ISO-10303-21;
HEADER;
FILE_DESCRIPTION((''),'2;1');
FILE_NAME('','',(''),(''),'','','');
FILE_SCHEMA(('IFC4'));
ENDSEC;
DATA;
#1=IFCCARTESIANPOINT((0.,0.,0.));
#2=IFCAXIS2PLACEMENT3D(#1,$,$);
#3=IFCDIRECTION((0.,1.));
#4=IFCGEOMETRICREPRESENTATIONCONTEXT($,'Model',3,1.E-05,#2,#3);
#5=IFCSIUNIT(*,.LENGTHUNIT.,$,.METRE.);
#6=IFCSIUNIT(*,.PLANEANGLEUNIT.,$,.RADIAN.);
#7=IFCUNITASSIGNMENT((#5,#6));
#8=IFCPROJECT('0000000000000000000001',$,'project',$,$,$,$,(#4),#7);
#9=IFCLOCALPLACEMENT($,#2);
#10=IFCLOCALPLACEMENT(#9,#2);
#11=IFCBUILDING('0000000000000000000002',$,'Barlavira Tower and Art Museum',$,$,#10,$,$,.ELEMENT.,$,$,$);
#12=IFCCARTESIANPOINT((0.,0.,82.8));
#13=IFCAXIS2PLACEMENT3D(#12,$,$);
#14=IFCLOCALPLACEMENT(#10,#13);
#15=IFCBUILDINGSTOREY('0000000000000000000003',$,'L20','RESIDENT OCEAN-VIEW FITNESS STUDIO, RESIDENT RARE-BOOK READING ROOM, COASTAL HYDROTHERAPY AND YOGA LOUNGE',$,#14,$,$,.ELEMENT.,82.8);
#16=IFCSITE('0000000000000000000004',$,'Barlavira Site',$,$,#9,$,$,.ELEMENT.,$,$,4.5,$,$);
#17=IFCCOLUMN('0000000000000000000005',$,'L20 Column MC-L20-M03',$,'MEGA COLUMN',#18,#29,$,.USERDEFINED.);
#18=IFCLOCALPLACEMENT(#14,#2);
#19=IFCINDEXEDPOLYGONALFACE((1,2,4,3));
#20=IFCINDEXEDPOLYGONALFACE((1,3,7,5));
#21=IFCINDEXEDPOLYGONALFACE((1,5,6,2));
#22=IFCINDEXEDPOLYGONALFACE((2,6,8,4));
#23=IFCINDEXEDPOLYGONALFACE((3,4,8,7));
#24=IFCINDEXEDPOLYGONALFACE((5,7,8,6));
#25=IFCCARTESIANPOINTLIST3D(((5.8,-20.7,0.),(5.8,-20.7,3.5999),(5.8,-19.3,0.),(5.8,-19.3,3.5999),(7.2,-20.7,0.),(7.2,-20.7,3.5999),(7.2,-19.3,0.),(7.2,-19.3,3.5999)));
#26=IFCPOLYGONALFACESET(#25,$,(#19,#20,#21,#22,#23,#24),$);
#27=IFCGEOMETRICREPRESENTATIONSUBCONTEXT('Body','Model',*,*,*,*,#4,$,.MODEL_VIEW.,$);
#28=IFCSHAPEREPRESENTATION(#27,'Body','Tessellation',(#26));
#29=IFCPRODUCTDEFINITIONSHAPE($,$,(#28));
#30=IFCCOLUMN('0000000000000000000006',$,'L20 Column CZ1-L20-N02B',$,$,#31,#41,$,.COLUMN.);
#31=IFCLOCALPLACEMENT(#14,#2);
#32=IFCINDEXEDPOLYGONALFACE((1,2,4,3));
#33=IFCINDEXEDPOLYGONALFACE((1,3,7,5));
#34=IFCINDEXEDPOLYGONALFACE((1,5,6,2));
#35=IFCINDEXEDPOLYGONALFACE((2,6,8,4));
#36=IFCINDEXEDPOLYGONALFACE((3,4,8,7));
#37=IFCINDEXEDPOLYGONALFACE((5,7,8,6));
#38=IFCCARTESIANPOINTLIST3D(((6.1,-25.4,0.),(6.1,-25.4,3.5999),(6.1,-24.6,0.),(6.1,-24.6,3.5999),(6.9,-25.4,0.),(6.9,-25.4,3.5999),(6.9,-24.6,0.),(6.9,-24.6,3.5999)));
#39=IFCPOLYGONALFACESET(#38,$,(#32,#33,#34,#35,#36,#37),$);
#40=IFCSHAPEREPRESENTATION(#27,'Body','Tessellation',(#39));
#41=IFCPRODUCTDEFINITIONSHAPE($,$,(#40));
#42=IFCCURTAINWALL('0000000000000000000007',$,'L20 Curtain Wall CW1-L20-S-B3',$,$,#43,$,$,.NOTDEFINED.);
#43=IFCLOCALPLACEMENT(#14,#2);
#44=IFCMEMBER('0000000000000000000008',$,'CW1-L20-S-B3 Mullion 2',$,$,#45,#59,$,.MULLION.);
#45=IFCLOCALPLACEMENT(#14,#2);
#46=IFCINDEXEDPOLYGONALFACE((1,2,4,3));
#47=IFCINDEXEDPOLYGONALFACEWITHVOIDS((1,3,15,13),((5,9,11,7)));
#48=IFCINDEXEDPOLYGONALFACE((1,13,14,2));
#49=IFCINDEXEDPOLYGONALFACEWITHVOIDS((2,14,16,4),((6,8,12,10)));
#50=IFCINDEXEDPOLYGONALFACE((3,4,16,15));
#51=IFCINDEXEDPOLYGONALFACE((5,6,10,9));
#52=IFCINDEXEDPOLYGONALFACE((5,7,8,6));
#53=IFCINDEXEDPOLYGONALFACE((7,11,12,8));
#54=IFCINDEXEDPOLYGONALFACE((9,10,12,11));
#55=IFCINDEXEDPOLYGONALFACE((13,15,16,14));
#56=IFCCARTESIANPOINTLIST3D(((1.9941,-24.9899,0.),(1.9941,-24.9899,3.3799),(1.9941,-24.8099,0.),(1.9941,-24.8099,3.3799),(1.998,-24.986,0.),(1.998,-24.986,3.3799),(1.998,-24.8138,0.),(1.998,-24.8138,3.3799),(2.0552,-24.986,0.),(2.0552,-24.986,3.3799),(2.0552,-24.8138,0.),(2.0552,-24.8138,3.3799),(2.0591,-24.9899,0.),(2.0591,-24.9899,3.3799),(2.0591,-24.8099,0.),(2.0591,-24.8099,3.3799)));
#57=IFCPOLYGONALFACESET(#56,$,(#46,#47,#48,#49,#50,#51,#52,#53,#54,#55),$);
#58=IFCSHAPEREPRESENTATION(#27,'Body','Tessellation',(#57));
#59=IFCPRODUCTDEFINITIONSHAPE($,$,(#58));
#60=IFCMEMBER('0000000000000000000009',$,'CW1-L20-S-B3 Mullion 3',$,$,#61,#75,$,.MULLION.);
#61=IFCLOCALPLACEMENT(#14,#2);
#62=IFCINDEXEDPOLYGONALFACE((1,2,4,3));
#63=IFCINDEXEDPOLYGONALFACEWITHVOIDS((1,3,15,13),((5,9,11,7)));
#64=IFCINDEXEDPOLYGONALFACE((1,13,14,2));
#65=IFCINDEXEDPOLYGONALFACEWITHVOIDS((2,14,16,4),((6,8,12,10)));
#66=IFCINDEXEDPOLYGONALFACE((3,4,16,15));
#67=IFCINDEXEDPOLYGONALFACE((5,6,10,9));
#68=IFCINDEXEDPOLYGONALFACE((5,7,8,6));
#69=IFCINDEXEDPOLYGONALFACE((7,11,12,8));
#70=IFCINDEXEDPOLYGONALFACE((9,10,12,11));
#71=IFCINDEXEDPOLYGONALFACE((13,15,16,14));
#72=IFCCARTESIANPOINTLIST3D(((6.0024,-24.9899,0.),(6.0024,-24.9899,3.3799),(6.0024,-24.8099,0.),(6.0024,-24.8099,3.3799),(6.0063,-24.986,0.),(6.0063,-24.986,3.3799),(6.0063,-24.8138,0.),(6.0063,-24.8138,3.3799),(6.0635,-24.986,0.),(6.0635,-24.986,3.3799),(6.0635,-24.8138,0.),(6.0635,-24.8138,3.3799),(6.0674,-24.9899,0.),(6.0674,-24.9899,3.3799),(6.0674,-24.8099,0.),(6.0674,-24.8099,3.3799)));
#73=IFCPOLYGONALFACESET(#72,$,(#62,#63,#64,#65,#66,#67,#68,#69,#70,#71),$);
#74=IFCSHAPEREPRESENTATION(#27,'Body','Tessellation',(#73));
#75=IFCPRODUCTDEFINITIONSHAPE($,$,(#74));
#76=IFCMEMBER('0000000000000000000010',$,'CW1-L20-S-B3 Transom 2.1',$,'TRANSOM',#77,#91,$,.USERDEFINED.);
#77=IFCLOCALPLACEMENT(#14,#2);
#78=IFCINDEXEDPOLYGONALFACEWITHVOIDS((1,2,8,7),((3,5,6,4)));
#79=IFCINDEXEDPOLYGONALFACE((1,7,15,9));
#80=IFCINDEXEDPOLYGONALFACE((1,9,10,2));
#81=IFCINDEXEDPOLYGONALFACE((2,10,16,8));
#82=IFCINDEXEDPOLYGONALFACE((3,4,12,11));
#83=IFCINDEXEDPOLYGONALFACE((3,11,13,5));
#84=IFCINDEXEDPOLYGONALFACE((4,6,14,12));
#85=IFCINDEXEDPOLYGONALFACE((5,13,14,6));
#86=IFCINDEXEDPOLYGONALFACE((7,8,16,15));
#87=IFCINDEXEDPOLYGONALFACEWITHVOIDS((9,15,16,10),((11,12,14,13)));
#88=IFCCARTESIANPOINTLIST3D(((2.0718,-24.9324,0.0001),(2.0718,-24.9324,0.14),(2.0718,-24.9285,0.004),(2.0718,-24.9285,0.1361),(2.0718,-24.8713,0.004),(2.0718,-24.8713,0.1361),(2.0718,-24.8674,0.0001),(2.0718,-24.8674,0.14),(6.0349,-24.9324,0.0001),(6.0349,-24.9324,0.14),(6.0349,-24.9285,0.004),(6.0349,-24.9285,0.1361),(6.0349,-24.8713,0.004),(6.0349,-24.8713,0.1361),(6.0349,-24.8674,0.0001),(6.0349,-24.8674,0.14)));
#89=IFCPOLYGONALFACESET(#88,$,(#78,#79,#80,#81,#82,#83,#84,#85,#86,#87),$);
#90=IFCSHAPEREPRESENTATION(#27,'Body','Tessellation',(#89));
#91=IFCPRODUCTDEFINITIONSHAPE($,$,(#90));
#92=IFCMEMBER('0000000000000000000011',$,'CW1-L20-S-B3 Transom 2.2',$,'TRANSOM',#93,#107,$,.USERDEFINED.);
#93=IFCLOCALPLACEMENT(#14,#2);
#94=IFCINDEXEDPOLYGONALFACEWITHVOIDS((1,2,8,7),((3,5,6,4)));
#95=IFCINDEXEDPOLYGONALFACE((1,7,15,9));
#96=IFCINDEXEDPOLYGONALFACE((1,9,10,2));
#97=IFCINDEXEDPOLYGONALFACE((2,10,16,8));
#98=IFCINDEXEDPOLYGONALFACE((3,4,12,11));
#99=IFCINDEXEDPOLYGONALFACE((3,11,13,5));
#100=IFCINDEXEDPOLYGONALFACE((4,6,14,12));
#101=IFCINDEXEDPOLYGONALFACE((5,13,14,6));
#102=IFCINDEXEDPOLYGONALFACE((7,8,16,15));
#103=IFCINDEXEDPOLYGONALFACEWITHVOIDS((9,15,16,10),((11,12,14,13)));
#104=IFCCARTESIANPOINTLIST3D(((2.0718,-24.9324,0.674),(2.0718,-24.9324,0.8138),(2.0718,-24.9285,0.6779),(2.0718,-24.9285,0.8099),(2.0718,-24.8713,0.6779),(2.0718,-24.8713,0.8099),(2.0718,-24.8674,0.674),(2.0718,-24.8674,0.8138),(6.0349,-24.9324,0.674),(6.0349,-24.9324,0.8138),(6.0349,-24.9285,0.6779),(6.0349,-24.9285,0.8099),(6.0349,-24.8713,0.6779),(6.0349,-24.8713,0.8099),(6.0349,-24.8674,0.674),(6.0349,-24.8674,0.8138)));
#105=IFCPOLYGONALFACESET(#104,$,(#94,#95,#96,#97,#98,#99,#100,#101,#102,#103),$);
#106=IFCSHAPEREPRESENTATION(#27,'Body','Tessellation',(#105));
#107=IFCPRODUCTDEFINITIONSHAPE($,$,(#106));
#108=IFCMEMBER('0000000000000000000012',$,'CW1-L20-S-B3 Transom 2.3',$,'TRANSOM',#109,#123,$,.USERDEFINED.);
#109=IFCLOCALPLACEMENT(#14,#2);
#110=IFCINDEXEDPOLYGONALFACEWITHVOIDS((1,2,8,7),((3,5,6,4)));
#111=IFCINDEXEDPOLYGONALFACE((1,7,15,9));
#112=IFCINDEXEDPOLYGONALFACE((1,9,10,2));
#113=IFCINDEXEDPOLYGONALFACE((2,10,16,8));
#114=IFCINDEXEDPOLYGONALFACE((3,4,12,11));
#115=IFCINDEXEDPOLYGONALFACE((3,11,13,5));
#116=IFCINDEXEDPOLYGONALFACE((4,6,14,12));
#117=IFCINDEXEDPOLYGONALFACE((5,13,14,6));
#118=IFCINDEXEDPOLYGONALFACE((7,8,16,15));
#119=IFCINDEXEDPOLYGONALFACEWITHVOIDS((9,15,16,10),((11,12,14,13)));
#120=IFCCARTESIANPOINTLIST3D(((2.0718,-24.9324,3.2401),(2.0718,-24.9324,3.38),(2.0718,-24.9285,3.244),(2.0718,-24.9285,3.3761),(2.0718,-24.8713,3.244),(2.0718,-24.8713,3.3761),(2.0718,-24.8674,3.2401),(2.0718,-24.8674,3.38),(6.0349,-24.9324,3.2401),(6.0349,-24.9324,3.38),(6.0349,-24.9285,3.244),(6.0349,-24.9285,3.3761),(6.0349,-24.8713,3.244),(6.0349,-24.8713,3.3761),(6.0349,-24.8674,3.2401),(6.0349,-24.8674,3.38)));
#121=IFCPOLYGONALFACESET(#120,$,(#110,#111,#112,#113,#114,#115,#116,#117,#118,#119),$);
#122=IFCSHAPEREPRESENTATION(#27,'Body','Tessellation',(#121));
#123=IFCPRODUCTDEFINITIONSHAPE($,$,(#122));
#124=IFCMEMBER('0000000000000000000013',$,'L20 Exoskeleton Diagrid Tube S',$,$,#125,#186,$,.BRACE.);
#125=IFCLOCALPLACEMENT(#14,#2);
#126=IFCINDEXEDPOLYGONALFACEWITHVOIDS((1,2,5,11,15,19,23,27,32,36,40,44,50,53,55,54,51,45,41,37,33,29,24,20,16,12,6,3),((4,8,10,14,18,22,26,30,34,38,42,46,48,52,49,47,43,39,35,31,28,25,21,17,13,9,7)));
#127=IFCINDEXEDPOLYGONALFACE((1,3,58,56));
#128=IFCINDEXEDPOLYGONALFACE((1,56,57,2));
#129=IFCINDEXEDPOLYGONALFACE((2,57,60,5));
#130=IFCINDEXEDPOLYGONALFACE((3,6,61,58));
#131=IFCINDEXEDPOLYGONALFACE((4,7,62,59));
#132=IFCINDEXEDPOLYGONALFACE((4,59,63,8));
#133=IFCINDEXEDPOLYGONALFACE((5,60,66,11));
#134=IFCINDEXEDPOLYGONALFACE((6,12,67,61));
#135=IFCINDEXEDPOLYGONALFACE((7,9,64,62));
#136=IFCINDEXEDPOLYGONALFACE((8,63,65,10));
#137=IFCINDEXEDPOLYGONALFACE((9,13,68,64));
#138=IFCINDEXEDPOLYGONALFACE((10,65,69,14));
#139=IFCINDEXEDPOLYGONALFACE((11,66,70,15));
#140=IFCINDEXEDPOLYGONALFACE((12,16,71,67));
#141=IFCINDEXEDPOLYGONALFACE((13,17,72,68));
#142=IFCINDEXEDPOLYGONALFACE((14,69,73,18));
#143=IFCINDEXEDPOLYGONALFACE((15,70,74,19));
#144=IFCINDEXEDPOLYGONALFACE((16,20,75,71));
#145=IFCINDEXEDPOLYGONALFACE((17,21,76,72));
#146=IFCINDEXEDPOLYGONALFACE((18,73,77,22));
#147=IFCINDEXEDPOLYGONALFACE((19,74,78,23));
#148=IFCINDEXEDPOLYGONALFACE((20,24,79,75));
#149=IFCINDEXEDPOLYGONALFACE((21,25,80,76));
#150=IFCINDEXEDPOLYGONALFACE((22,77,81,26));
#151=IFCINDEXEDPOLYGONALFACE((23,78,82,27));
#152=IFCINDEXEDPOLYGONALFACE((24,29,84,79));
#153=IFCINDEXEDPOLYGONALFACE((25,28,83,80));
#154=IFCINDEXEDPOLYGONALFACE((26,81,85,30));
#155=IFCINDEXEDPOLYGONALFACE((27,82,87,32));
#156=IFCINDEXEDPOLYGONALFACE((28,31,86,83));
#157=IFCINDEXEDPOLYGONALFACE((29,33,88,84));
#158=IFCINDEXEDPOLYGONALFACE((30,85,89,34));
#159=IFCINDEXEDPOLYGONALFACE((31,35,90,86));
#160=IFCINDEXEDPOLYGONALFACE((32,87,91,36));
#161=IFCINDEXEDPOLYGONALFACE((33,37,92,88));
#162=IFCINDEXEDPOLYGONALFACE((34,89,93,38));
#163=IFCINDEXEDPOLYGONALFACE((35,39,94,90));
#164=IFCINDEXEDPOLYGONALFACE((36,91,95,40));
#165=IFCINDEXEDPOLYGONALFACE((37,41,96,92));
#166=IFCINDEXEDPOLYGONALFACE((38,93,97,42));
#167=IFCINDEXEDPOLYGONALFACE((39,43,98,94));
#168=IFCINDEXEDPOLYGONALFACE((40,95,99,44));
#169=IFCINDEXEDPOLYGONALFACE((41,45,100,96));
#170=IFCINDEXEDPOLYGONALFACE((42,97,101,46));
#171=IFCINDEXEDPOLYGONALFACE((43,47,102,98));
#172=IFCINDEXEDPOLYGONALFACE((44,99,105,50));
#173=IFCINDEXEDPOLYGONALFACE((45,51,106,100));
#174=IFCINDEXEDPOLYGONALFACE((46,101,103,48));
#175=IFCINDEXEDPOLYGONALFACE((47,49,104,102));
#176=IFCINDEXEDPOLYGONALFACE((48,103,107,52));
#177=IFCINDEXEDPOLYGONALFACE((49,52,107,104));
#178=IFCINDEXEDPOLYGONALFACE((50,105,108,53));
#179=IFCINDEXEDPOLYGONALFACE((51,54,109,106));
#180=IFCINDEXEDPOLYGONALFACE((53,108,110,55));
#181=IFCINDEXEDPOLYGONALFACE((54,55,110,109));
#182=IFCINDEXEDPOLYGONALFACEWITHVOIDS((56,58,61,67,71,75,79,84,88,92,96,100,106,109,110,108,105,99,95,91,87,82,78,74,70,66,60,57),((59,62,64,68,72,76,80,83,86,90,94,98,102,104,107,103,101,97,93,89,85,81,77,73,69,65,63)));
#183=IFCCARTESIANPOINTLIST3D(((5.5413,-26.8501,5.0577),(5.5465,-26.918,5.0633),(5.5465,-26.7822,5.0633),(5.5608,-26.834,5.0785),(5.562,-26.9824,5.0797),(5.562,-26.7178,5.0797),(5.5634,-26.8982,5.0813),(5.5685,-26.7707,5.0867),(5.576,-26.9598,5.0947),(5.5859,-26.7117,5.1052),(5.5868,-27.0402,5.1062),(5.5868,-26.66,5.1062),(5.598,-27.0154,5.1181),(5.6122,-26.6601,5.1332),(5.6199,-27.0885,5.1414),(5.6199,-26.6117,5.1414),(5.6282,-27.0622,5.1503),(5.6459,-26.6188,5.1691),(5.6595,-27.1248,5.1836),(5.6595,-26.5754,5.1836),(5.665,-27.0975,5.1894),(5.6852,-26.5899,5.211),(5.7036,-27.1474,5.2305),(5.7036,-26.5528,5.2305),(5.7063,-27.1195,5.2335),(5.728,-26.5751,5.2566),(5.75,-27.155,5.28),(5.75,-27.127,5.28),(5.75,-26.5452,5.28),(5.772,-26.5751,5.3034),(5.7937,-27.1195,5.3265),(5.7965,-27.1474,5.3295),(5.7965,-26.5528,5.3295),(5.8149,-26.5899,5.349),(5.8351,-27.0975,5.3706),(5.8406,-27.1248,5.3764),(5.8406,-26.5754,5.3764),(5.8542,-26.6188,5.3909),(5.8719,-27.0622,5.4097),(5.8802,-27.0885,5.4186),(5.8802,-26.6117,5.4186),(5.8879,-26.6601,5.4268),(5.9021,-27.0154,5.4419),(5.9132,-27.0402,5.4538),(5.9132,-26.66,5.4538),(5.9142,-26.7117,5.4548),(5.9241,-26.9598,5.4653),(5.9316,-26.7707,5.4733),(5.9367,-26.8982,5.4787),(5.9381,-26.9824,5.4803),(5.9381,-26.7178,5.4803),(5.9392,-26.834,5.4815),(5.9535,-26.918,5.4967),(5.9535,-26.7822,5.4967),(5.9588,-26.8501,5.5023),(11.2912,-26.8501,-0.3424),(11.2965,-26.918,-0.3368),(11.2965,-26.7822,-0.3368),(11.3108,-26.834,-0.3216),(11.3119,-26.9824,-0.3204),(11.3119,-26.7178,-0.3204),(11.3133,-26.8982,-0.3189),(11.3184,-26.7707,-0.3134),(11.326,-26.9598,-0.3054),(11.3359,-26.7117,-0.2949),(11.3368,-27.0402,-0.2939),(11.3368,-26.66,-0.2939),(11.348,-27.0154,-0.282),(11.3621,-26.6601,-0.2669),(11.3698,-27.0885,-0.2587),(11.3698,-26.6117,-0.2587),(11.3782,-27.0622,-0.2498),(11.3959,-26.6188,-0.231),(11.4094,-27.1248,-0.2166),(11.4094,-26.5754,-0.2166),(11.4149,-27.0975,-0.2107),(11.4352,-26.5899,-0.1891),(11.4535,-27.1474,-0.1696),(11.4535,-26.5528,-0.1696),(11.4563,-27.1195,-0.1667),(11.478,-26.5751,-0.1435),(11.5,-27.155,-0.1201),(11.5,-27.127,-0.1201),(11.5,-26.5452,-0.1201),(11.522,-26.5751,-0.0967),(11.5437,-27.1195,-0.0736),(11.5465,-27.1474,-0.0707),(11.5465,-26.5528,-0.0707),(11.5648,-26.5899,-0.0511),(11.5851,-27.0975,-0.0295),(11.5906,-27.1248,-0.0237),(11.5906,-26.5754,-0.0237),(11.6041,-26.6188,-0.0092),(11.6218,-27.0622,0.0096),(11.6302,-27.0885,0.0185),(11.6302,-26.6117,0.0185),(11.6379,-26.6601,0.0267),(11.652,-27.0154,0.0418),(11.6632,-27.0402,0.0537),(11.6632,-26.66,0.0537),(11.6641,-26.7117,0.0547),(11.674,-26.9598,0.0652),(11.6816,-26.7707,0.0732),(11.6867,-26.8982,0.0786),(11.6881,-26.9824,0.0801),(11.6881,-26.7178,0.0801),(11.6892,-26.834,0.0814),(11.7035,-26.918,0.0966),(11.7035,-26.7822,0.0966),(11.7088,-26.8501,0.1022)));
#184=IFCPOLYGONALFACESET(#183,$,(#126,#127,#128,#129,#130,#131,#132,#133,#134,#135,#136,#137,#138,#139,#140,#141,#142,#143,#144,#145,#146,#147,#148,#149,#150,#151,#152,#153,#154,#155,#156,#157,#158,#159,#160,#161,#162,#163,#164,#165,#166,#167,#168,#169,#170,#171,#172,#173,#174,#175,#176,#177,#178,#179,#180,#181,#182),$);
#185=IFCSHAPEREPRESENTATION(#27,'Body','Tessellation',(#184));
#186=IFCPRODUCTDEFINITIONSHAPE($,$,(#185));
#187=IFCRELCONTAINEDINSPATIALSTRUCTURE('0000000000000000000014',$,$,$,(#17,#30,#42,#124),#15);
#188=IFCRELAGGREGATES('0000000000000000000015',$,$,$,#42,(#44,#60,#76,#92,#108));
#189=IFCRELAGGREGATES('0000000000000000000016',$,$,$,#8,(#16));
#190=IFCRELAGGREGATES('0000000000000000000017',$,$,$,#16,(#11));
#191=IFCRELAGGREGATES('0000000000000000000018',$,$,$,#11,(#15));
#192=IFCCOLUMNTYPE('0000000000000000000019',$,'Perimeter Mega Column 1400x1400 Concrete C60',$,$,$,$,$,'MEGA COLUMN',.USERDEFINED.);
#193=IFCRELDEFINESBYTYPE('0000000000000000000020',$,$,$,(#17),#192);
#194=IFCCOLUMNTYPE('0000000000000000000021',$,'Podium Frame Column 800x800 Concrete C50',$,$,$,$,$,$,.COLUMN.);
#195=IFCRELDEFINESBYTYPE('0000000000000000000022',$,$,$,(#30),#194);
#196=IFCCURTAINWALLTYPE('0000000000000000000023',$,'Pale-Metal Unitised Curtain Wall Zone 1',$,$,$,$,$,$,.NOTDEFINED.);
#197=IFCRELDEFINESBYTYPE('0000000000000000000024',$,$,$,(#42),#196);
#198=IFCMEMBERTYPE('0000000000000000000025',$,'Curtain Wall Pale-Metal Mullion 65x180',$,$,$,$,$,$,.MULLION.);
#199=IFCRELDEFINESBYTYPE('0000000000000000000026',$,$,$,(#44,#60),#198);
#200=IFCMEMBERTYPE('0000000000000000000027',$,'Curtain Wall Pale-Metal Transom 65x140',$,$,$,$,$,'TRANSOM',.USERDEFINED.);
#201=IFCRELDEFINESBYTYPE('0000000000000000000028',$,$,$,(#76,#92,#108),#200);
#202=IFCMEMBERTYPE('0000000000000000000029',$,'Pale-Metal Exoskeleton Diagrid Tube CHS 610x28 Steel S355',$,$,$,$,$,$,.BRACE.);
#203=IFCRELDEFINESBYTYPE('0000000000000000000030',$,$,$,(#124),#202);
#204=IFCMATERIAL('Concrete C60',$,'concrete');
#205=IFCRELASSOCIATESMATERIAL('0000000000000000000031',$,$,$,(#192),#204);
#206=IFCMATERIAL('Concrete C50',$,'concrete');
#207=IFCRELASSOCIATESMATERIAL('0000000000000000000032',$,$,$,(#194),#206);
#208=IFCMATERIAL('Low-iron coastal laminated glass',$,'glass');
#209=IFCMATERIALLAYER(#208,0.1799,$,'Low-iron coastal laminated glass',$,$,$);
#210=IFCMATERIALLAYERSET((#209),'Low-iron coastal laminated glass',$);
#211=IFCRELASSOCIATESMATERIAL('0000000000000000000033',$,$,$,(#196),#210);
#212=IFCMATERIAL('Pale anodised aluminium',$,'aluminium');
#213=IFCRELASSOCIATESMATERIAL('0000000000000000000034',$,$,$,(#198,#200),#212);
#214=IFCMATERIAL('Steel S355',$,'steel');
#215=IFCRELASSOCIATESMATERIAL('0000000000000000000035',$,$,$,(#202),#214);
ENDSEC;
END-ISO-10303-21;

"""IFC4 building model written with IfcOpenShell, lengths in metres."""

from ifc_helpers import new_model, si_unit, direction, frame, origin, origin_2d, place, context, subcontext, project, spatial, rectangle, hollow_rectangle, hollow_circle, extrude, material, layer, layer_set, material_profile, profile_set, type_object, element, aggregate, save


model = new_model("IFC4")

# Units and contexts
model_context = context("Model", 3, precision=1e-05, world=origin(), true_north=direction((0.0, 1.0)))
body_context = subcontext(model_context, "Body", "Model", "MODEL_VIEW")
ifc_project = project(units=[si_unit("LENGTHUNIT", "METRE"), si_unit("PLANEANGLEUNIT", "RADIAN")], contexts=[model_context])

# Site, building, storey
site_placement = place(None, origin())
site = spatial("IfcSite", under=ifc_project, at=site_placement, Name="Barlavira Site", CompositionType="ELEMENT", RefElevation=4.5)
building_placement = place(site_placement, origin())
building = spatial("IfcBuilding", under=site, at=building_placement, Name="Barlavira Tower and Art Museum", CompositionType="ELEMENT")
storey_placement = place(building_placement, frame((0.0, 0.0, 82.8)))
storey = spatial("IfcBuildingStorey", under=building, at=storey_placement, Name="L20", Description="RESIDENT OCEAN-VIEW FITNESS STUDIO, RESIDENT RARE-BOOK READING ROOM, COASTAL HYDROTHERAPY AND YOGA LOUNGE", CompositionType="ELEMENT", Elevation=82.8)

# Columns
ifc_material_1 = material(Name="Concrete C60", Category="concrete")
ifc_material_profile_1 = material_profile(ifc_material_1, rectangle(XDim=1.3999, YDim=1.3999, at=origin_2d()), Name="RC-MCOL 1400x1400")
ifc_profile_set_1 = profile_set([ifc_material_profile_1], Name="Concrete C60")
column_type_1 = type_object("IfcColumnType", Name="Perimeter Mega Column 1400x1400 Concrete C60", ElementType="MEGA COLUMN", PredefinedType="USERDEFINED", material=ifc_profile_set_1)
column_1_placement = place(storey_placement, frame((6.5, -20.0, 0.0), z_axis=(0.0, 0.0, 1.0), x_axis=(1.0, 0.0, 0.0)))
element("IfcColumn", 1, at=column_1_placement, inside=storey, type_object=column_type_1, Name="L20 Column MC-L20-M03", ObjectType="MEGA COLUMN", PredefinedType="USERDEFINED", context=body_context, shape_type="SweptSolid", body=[
    extrude(rectangle(XDim=1.3999, YDim=1.3999, at=origin_2d()), origin(), (0.0, 0.0, 1.0), 3.5999),
])
ifc_material_2 = material(Name="Concrete C50", Category="concrete")
ifc_material_profile_2 = material_profile(ifc_material_2, rectangle(XDim=0.8, YDim=0.8, at=origin_2d()), Name="RC-COL 800x800")
ifc_profile_set_2 = profile_set([ifc_material_profile_2], Name="Concrete C50")
column_type_2 = type_object("IfcColumnType", Name="Podium Frame Column 800x800 Concrete C50", PredefinedType="COLUMN", material=ifc_profile_set_2)
column_2_placement = place(storey_placement, frame((6.5, -25.0, 0.0), z_axis=(0.0, 0.0, 1.0), x_axis=(1.0, 0.0, 0.0)))
element("IfcColumn", 2, at=column_2_placement, inside=storey, type_object=column_type_2, Name="L20 Column CZ1-L20-N02B", PredefinedType="COLUMN", context=body_context, shape_type="SweptSolid", body=[
    extrude(rectangle(XDim=0.8, YDim=0.8, at=origin_2d()), origin(), (0.0, 0.0, 1.0), 3.5999),
])

# Curtain wall, members
ifc_material_3 = material(Name="Low-iron coastal laminated glass", Category="glass")
ifc_layer_1 = layer(ifc_material_3, 0.1799, Name="Low-iron coastal laminated glass")
ifc_layer_set_1 = layer_set([ifc_layer_1], Name="Low-iron coastal laminated glass")
curtain_wall_type = type_object("IfcCurtainWallType", Name="Pale-Metal Unitised Curtain Wall Zone 1", PredefinedType="NOTDEFINED", material=ifc_layer_set_1)
curtain_wall_placement = place(storey_placement, origin())
curtain_wall = element("IfcCurtainWall", 3, at=curtain_wall_placement, inside=storey, type_object=curtain_wall_type, Name="L20 Curtain Wall CW1-L20-S-B3", PredefinedType="NOTDEFINED")
ifc_material_4 = material(Name="Pale anodised aluminium", Category="aluminium")
ifc_material_profile_3 = material_profile(ifc_material_4, hollow_rectangle(XDim=0.0649, YDim=0.1799, WallThickness=0.0039, at=origin_2d()), Name="ALU-MULL 65x180x4")
ifc_profile_set_3 = profile_set([ifc_material_profile_3], Name="Pale anodised aluminium")
member_type_1 = type_object("IfcMemberType", Name="Curtain Wall Pale-Metal Mullion 65x180", PredefinedType="MULLION", material=ifc_profile_set_3)
member_1_placement = place(storey_placement, frame((2.0266, -24.8999, 0.0), z_axis=(0.0, 0.0, 1.0), x_axis=(1.0, 0.0, 0.0)))
member_1 = element("IfcMember", 4, at=member_1_placement, type_object=member_type_1, Name="CW1-L20-S-B3 Mullion 2", PredefinedType="MULLION", context=body_context, shape_type="SweptSolid", body=[
    extrude(hollow_rectangle(XDim=0.0649, YDim=0.1799, WallThickness=0.0039, at=origin_2d()), origin(), (0.0, 0.0, 1.0), 3.3799),
])
member_2_placement = place(storey_placement, frame((6.0349, -24.8999, 0.0), z_axis=(0.0, 0.0, 1.0), x_axis=(1.0, 0.0, 0.0)))
member_2 = element("IfcMember", 5, at=member_2_placement, type_object=member_type_1, Name="CW1-L20-S-B3 Mullion 3", PredefinedType="MULLION", context=body_context, shape_type="SweptSolid", body=[
    extrude(hollow_rectangle(XDim=0.0649, YDim=0.1799, WallThickness=0.0039, at=origin_2d()), origin(), (0.0, 0.0, 1.0), 3.3799),
])
ifc_material_profile_4 = material_profile(ifc_material_4, hollow_rectangle(XDim=0.0649, YDim=0.1399, WallThickness=0.0039, at=origin_2d()), Name="ALU-TRAN 65x140x4")
ifc_profile_set_4 = profile_set([ifc_material_profile_4], Name="Pale anodised aluminium")
member_type_2 = type_object("IfcMemberType", Name="Curtain Wall Pale-Metal Transom 65x140", ElementType="TRANSOM", PredefinedType="USERDEFINED", material=ifc_profile_set_4)
member_3_placement = place(storey_placement, frame((2.0718, -24.8999, 0.0701), z_axis=(1.0, 0.0, 0.0), x_axis=(0.0, 1.0, 0.0)))
member_3 = element("IfcMember", 6, at=member_3_placement, type_object=member_type_2, Name="CW1-L20-S-B3 Transom 2.1", ObjectType="TRANSOM", PredefinedType="USERDEFINED", context=body_context, shape_type="SweptSolid", body=[
    extrude(hollow_rectangle(XDim=0.0649, YDim=0.1399, WallThickness=0.0039, at=origin_2d()), origin(), (0.0, 0.0, 1.0), 3.9631),
])
member_4_placement = place(storey_placement, frame((2.0718, -24.8999, 0.7439), z_axis=(1.0, 0.0, 0.0), x_axis=(0.0, 1.0, 0.0)))
member_4 = element("IfcMember", 7, at=member_4_placement, type_object=member_type_2, Name="CW1-L20-S-B3 Transom 2.2", ObjectType="TRANSOM", PredefinedType="USERDEFINED", context=body_context, shape_type="SweptSolid", body=[
    extrude(hollow_rectangle(XDim=0.0649, YDim=0.1399, WallThickness=0.0039, at=origin_2d()), origin(), (0.0, 0.0, 1.0), 3.9631),
])
member_5_placement = place(storey_placement, frame((2.0718, -24.8999, 3.3101), z_axis=(1.0, 0.0, 0.0), x_axis=(0.0, 1.0, 0.0)))
member_5 = element("IfcMember", 8, at=member_5_placement, type_object=member_type_2, Name="CW1-L20-S-B3 Transom 2.3", ObjectType="TRANSOM", PredefinedType="USERDEFINED", context=body_context, shape_type="SweptSolid", body=[
    extrude(hollow_rectangle(XDim=0.0649, YDim=0.1399, WallThickness=0.0039, at=origin_2d()), origin(), (0.0, 0.0, 1.0), 3.9631),
])

# Member
ifc_material_5 = material(Name="Steel S355", Category="steel")
ifc_material_profile_5 = material_profile(ifc_material_5, hollow_circle(Radius=0.3049, WallThickness=0.0281, at=origin_2d()), Name="CHS 610.0x28.0")
ifc_profile_set_5 = profile_set([ifc_material_profile_5], Name="Steel S355")
member_type_3 = type_object("IfcMemberType", Name="Pale-Metal Exoskeleton Diagrid Tube CHS 610x28 Steel S355", PredefinedType="BRACE", material=ifc_profile_set_5)
member_6_placement = place(storey_placement, frame((11.5, -26.8501, -0.1201), z_axis=(-0.728935, 0.0, 0.684583), x_axis=(0.0, -1.0, 0.0)))
element("IfcMember", 9, at=member_6_placement, inside=storey, type_object=member_type_3, Name="L20 Exoskeleton Diagrid Tube S", PredefinedType="BRACE", context=body_context, shape_type="SweptSolid", body=[
    extrude(hollow_circle(Radius=0.3049, WallThickness=0.0281, at=origin_2d()), origin(), (0.0, 0.0, 1.0), 7.8882),
])

aggregate(curtain_wall, [member_1, member_2, member_3, member_4, member_5])

save(model, "model.ifc")
